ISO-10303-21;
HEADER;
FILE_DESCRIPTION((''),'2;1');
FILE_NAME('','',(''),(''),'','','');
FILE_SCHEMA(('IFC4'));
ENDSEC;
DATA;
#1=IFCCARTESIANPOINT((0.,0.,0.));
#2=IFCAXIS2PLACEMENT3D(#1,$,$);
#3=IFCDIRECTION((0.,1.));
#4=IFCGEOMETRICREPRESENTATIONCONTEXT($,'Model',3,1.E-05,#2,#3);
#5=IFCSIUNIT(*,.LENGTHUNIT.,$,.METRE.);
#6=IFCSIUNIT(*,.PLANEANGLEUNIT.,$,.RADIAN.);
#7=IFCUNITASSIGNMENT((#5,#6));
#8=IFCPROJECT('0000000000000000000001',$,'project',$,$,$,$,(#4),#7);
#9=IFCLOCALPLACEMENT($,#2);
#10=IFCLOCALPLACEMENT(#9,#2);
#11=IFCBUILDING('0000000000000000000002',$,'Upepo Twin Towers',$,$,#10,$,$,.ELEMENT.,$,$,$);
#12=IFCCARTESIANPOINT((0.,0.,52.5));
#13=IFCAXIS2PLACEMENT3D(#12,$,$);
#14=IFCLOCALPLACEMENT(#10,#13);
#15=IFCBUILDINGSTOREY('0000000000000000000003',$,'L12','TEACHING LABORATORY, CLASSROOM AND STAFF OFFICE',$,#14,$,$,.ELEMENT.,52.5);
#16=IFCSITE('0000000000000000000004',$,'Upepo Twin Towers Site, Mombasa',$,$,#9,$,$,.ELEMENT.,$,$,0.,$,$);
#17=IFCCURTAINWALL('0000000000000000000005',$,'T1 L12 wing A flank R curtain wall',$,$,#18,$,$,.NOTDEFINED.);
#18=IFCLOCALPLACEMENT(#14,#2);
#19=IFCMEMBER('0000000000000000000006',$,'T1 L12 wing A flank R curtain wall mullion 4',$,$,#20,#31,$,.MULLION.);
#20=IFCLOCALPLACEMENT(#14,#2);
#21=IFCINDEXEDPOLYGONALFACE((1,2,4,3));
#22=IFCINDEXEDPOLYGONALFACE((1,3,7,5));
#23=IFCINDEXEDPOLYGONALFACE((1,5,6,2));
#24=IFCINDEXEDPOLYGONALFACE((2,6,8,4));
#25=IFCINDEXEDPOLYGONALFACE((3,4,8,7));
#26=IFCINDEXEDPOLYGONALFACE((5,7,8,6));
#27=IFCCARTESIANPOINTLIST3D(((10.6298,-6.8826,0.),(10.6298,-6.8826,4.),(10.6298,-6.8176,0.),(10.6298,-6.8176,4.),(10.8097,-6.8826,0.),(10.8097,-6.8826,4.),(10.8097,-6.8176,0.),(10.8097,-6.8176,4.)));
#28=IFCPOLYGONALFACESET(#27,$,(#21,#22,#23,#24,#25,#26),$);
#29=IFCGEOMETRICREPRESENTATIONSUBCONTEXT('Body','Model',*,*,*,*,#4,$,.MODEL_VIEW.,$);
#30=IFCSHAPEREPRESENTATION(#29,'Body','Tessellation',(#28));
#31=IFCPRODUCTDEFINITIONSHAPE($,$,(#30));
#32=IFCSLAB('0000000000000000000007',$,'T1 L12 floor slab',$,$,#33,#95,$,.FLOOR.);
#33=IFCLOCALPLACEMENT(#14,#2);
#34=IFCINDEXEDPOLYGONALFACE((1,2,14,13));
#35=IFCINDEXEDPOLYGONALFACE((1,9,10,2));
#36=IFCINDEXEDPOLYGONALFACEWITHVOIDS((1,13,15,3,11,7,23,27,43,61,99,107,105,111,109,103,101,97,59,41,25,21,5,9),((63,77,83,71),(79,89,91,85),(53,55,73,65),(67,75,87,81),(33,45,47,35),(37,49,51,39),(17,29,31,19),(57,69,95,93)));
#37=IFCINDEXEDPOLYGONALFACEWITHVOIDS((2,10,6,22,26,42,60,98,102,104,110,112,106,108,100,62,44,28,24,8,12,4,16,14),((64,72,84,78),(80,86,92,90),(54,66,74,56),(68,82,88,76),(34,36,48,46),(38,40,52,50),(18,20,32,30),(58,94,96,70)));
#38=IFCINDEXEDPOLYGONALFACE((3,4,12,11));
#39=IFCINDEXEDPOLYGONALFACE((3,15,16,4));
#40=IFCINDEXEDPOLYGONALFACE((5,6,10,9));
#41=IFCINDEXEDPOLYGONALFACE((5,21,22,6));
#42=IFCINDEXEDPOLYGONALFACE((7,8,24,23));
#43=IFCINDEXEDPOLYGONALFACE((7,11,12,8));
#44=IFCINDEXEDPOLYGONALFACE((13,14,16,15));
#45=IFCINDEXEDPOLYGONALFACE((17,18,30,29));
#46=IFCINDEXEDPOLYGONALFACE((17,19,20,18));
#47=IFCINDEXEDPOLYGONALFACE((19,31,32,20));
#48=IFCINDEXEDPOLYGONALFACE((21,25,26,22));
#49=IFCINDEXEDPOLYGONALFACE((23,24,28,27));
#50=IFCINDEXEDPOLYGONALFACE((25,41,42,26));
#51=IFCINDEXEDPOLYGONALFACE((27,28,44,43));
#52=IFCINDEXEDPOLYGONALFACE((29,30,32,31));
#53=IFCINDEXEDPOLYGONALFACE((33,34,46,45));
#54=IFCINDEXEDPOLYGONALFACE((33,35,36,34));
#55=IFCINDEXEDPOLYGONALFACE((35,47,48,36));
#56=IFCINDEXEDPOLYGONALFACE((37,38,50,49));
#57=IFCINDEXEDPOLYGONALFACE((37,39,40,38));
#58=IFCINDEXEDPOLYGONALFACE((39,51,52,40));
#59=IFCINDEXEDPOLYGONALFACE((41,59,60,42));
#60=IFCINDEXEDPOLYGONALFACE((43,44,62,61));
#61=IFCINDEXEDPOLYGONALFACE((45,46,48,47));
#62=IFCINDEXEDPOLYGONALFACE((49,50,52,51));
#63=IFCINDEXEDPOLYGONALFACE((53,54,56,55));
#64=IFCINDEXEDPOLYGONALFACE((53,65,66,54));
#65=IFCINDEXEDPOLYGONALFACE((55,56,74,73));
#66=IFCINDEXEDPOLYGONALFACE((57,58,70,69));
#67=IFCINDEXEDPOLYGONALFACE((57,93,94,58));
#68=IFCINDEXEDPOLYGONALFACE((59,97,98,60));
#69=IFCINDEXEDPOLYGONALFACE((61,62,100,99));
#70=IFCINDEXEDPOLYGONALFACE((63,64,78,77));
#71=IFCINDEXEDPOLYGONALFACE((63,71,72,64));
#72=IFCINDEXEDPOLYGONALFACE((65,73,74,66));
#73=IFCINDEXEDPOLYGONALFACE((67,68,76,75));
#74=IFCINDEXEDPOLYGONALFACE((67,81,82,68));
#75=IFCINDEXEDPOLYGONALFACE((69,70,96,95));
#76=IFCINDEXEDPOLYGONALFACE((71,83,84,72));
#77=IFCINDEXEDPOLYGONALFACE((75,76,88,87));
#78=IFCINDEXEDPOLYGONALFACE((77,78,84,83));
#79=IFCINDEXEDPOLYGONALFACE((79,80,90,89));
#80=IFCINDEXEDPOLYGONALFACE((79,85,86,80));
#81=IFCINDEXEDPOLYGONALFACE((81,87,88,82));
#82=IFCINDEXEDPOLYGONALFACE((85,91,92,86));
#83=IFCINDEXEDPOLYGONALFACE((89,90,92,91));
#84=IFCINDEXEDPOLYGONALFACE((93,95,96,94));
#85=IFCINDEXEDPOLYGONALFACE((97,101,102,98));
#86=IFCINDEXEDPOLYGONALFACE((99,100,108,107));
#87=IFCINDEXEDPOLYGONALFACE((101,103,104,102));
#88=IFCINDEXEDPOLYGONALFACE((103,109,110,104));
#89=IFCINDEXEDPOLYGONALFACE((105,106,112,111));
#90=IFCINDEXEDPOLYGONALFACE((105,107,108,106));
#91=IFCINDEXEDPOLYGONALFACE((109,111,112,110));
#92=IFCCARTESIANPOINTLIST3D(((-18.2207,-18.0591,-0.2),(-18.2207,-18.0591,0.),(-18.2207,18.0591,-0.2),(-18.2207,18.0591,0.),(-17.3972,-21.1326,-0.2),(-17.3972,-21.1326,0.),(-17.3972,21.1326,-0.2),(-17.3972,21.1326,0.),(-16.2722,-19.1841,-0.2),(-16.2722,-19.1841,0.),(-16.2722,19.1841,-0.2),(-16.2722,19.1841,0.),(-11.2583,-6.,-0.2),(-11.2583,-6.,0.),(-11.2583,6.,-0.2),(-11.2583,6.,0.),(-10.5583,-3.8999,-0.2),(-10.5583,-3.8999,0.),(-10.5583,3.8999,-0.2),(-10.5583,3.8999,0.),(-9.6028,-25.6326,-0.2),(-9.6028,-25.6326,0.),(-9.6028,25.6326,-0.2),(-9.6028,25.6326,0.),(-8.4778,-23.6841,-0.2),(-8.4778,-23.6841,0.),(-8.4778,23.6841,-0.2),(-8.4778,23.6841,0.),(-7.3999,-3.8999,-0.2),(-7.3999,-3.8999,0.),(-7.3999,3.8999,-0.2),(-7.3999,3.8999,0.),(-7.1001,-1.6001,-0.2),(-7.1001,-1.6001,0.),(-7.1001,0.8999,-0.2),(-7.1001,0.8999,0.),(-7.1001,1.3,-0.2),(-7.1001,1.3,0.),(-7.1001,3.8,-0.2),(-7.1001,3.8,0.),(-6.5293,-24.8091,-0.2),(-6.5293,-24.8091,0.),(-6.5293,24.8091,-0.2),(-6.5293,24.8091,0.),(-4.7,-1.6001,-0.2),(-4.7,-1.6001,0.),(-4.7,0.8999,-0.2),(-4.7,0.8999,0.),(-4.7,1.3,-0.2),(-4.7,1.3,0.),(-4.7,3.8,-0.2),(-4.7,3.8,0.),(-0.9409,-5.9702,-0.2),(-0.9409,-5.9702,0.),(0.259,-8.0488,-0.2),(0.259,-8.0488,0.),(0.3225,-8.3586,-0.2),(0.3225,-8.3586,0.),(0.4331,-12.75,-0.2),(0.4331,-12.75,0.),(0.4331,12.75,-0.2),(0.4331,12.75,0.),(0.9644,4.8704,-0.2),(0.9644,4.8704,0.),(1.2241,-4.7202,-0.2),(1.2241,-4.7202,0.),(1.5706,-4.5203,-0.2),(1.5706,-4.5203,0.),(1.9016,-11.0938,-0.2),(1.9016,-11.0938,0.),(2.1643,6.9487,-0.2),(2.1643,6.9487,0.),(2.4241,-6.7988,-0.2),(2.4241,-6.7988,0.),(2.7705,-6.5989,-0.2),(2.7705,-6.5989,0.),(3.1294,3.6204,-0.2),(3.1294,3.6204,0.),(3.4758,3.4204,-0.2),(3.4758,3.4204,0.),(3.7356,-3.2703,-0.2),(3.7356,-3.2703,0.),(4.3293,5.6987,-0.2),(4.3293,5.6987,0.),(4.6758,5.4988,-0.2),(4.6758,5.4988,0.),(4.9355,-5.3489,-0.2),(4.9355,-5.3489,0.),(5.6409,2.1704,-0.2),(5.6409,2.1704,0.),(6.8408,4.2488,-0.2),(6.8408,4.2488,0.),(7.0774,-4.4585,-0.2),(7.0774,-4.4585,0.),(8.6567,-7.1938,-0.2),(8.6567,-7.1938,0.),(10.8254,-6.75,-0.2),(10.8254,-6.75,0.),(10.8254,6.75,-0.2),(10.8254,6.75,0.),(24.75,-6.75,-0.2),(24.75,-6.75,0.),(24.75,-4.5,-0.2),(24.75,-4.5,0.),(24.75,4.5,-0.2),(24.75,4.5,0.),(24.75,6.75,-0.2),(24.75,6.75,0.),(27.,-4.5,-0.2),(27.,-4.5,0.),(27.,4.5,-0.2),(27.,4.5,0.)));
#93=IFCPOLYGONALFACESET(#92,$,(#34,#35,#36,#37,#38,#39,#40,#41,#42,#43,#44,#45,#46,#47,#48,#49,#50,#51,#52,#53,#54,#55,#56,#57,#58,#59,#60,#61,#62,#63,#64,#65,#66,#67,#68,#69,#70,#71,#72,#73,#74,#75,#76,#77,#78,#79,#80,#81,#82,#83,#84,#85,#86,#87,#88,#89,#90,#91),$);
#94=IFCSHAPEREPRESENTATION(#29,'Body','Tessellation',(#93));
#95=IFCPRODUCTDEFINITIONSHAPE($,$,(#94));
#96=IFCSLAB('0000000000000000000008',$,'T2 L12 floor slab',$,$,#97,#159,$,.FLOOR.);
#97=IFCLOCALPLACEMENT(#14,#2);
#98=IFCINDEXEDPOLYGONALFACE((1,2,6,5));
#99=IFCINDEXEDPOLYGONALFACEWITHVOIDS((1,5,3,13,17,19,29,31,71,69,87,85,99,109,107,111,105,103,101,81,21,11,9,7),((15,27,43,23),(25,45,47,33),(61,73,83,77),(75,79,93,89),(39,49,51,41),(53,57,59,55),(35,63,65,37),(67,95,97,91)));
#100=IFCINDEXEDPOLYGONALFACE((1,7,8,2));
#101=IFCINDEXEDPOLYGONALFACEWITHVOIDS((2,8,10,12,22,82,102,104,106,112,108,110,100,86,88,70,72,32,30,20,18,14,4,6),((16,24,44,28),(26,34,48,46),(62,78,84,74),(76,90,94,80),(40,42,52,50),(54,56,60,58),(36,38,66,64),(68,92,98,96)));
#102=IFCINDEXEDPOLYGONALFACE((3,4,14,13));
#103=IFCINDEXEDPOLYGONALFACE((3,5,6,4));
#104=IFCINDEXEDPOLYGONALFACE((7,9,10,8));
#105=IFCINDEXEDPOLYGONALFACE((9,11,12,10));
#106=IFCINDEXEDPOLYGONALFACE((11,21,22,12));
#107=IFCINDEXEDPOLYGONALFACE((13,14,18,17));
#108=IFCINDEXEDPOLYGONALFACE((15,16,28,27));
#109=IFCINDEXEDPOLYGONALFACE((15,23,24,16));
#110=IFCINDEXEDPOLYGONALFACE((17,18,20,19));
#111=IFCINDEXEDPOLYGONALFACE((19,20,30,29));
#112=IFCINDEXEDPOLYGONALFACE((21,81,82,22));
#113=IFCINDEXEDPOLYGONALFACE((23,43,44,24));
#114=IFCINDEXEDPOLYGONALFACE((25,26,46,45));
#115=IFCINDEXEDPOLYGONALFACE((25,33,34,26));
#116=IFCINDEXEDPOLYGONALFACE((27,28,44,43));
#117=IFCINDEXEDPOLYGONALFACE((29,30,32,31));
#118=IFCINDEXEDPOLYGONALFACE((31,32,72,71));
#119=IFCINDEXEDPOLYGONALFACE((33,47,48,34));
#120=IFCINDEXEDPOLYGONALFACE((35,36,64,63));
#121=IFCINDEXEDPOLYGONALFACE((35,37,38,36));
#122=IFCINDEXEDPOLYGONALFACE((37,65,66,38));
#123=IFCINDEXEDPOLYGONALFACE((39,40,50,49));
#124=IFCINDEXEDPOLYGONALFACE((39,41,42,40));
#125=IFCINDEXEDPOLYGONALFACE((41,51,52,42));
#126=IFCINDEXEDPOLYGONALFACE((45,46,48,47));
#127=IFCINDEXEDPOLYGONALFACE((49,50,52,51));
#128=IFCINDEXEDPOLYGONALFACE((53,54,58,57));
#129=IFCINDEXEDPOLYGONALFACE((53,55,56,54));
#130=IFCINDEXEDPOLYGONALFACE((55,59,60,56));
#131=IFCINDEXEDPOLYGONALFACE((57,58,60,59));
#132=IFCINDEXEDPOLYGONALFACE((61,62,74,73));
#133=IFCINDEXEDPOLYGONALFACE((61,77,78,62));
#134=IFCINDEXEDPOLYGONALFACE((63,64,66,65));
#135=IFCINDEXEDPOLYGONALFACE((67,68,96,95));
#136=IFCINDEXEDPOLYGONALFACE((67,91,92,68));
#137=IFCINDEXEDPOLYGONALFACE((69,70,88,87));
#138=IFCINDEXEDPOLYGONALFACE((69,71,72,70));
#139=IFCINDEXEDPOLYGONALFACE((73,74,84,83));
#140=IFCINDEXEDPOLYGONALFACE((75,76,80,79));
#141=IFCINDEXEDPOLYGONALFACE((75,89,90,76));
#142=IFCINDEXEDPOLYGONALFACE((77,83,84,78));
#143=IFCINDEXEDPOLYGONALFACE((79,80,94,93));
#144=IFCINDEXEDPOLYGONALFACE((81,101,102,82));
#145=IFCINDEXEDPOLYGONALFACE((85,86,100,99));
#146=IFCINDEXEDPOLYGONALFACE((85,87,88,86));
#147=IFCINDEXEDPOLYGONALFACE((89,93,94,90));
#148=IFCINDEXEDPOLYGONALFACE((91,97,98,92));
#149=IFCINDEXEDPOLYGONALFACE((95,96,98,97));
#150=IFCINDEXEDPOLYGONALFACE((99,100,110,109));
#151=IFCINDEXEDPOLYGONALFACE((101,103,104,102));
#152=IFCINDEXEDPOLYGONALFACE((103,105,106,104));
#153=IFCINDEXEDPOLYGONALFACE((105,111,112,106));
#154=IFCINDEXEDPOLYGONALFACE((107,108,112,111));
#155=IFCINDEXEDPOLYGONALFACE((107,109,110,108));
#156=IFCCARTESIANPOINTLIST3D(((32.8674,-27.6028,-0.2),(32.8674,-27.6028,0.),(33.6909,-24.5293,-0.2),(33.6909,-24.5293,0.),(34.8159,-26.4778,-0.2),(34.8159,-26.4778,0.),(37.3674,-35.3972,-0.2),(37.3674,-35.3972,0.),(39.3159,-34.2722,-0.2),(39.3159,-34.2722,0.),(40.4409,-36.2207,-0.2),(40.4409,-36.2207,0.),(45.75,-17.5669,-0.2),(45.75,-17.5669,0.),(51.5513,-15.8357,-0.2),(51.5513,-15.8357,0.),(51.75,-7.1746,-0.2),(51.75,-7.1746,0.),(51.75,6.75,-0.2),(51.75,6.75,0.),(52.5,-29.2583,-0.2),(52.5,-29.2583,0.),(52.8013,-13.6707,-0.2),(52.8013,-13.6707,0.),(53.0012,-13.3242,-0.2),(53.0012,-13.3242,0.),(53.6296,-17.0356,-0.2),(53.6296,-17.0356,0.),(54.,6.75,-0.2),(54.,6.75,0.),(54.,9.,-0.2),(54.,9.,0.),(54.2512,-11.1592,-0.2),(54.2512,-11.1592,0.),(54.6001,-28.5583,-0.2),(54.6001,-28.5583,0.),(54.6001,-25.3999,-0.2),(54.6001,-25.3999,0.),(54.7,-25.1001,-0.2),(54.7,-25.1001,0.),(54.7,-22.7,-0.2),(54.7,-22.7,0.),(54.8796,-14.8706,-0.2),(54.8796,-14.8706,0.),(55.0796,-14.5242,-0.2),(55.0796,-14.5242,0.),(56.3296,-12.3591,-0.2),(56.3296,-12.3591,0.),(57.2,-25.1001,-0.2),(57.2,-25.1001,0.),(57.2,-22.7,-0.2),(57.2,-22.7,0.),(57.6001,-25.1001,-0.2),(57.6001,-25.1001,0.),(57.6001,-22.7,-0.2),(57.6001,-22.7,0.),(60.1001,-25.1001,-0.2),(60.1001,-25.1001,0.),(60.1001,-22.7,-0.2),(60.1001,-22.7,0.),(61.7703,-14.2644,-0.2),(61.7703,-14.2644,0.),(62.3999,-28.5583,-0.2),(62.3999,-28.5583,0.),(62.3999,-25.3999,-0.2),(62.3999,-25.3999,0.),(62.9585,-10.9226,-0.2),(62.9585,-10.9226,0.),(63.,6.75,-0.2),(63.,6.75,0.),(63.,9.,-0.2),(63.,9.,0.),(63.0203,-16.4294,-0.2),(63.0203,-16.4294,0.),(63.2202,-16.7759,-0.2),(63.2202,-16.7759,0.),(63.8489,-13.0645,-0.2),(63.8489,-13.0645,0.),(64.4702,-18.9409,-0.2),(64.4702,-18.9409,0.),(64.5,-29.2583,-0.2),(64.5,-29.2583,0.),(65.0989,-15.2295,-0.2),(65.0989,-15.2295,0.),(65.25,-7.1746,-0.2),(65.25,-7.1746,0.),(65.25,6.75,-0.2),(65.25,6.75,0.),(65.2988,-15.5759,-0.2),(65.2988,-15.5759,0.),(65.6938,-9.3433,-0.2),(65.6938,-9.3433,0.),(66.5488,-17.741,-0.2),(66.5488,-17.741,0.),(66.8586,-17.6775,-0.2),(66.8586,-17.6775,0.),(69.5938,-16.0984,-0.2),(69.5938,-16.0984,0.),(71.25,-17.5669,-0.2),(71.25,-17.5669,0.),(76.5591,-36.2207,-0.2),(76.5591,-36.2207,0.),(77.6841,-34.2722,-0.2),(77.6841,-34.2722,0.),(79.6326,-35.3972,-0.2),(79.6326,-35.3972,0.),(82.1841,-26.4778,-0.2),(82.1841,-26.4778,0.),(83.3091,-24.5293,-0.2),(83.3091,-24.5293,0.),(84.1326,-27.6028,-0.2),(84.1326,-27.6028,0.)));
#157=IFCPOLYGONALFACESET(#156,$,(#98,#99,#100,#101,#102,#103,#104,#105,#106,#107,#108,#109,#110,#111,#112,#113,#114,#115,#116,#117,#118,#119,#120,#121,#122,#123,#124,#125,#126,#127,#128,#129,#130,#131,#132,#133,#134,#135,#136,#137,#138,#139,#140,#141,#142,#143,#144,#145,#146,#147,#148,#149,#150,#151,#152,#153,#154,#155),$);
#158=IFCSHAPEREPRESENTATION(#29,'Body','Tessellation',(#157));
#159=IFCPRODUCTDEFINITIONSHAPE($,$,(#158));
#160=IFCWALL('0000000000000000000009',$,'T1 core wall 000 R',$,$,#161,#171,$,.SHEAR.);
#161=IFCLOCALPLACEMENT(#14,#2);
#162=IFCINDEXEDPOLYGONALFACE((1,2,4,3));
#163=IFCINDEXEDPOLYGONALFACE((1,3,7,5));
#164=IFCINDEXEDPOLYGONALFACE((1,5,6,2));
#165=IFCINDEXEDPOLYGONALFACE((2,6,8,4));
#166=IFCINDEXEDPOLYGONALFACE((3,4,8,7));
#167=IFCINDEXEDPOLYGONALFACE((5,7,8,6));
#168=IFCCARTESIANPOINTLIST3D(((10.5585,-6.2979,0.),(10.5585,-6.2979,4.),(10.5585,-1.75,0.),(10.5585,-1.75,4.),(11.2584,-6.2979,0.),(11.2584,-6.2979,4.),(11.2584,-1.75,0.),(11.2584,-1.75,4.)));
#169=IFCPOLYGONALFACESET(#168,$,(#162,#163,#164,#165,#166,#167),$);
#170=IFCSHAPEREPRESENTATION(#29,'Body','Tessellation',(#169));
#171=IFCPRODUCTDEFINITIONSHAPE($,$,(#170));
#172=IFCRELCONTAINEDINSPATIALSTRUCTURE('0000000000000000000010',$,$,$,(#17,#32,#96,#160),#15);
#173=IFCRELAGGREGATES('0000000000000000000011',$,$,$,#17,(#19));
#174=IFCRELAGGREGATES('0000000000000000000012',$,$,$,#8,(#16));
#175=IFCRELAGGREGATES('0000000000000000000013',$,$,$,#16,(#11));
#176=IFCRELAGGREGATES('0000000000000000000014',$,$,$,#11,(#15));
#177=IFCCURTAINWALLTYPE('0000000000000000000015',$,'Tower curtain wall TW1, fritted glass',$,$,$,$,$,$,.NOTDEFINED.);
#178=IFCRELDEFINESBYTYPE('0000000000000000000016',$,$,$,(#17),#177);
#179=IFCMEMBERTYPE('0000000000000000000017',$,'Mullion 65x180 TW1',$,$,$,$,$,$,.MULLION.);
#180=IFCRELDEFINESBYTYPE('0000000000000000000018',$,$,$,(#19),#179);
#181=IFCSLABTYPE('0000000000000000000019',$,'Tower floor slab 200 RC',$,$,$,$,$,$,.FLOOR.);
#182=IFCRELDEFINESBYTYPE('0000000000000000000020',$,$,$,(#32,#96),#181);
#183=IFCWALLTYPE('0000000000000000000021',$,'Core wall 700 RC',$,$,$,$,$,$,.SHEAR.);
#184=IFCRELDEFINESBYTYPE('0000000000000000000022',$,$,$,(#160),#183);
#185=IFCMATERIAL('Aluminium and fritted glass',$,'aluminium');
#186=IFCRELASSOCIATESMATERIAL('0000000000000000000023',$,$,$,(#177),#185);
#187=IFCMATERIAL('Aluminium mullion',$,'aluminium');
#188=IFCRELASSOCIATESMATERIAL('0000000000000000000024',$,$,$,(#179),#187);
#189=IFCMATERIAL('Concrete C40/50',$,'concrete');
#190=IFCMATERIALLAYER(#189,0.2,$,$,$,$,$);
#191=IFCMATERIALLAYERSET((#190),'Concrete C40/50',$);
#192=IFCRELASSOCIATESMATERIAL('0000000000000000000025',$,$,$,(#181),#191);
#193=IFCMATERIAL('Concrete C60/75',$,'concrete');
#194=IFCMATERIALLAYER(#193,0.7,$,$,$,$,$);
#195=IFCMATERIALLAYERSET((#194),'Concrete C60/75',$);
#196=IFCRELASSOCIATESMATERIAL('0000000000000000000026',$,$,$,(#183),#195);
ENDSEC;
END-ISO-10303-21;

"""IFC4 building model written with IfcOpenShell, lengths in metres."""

from ifc_helpers import new_model, si_unit, direction, frame, frame_2d, origin, origin_2d, place, context, subcontext, project, spatial, polyline, rectangle, outline, extrude, material, layer, layer_set, material_profile, profile_set, type_object, element, aggregate, save


model = new_model("IFC4")

# Units and contexts
model_context = context("Model", 3, precision=1e-05, world=origin(), true_north=direction((0.0, 1.0)))
body_context = subcontext(model_context, "Body", "Model", "MODEL_VIEW")
ifc_project = project(units=[si_unit("LENGTHUNIT", "METRE"), si_unit("PLANEANGLEUNIT", "RADIAN")], contexts=[model_context])

# Site, building, storey
site_placement = place(None, origin())
site = spatial("IfcSite", under=ifc_project, at=site_placement, Name="Upepo Twin Towers Site, Mombasa", CompositionType="ELEMENT", RefElevation=0.0)
building_placement = place(site_placement, origin())
building = spatial("IfcBuilding", under=site, at=building_placement, Name="Upepo Twin Towers", CompositionType="ELEMENT")
storey_placement = place(building_placement, frame((0.0, 0.0, 52.5)))
storey = spatial("IfcBuildingStorey", under=building, at=storey_placement, Name="L12", Description="TEACHING LABORATORY, CLASSROOM AND STAFF OFFICE", CompositionType="ELEMENT", Elevation=52.5)

# Curtain wall, member
ifc_material_1 = material(Name="Aluminium and fritted glass", Category="aluminium")
curtain_wall_type = type_object("IfcCurtainWallType", Name="Tower curtain wall TW1, fritted glass", PredefinedType="NOTDEFINED", material=ifc_material_1)
curtain_wall_placement = place(storey_placement, origin())
curtain_wall = element("IfcCurtainWall", 1, at=curtain_wall_placement, inside=storey, type_object=curtain_wall_type, Name="T1 L12 wing A flank R curtain wall", PredefinedType="NOTDEFINED")
ifc_material_2 = material(Name="Aluminium mullion", Category="aluminium")
ifc_material_profile = material_profile(ifc_material_2, rectangle(XDim=0.0649, YDim=0.1799, at=origin_2d()), Name="MULLION 65x180")
ifc_profile_set = profile_set([ifc_material_profile], Name="Aluminium mullion")
member_type = type_object("IfcMemberType", Name="Mullion 65x180 TW1", PredefinedType="MULLION", material=ifc_profile_set)
member_placement = place(storey_placement, frame((10.7197, -6.8501, 0.0), z_axis=(0.0, 0.0, 1.0), x_axis=(0.0, -1.0, 0.0)))
member = element("IfcMember", 2, at=member_placement, type_object=member_type, Name="T1 L12 wing A flank R curtain wall mullion 4", PredefinedType="MULLION", context=body_context, shape_type="SweptSolid", body=[
    extrude(rectangle(XDim=0.0649, YDim=0.1799, at=origin_2d()), origin(), (0.0, 0.0, 1.0), 4.0),
])
aggregate(curtain_wall, [member])

# Slabs
ifc_material_3 = material(Name="Concrete C40/50", Category="concrete")
ifc_layer_1 = layer(ifc_material_3, 0.2)
ifc_layer_set_1 = layer_set([ifc_layer_1], Name="Concrete C40/50")
slab_type = type_object("IfcSlabType", Name="Tower floor slab 200 RC", PredefinedType="FLOOR", material=ifc_layer_set_1)
slab_1_placement = place(storey_placement, frame((0.0, 0.0, -0.2)))
element("IfcSlab", 3, at=slab_1_placement, inside=storey, type_object=slab_type, Name="T1 L12 floor slab", PredefinedType="FLOOR", context=body_context, shape_type="SweptSolid", body=[
    extrude(outline(polyline([(-8.4778, -23.6841), (-9.6028, -25.6326), (-17.3972, -21.1326), (-16.2722, -19.1841), (-18.2207, -18.0591), (-11.2583, -6.0), (-11.2583, 6.0), (-18.2207, 18.0591), (-16.2722, 19.1841), (-17.3972, 21.1326), (-9.6028, 25.6326), (-8.4778, 23.6841), (-6.5293, 24.8091), (0.4331, 12.75), (10.8254, 6.75), (24.75, 6.75), (24.75, 4.5), (27.0, 4.5), (27.0, -4.5), (24.75, -4.5), (24.75, -6.75), (10.8254, -6.75), (0.4331, -12.75), (-6.5293, -24.8091), (-8.4778, -23.6841)]), holes=[polyline([(5.6409, 2.1704), (6.8408, 4.2488), (4.6758, 5.4988), (3.4758, 3.4204), (5.6409, 2.1704)]), polyline([(3.1294, 3.6204), (4.3293, 5.6987), (2.1643, 6.9487), (0.9644, 4.8704), (3.1294, 3.6204)]), polyline([(-4.7, 3.8), (-7.1001, 3.8), (-7.1001, 1.3), (-4.7, 1.3), (-4.7, 3.8)]), polyline([(-4.7, 0.8999), (-7.1001, 0.8999), (-7.1001, -1.6001), (-4.7, -1.6001), (-4.7, 0.8999)]), polyline([(-7.3999, 3.8999), (-10.5583, 3.8999), (-10.5583, -3.8999), (-7.3999, -3.8999), (-7.3999, 3.8999)]), polyline([(-0.9409, -5.9702), (0.259, -8.0488), (2.4241, -6.7988), (1.2241, -4.7202), (-0.9409, -5.9702)]), polyline([(1.5706, -4.5203), (2.7705, -6.5989), (4.9355, -5.3489), (3.7356, -3.2703), (1.5706, -4.5203)]), polyline([(0.3225, -8.3586), (1.9016, -11.0938), (8.6567, -7.1938), (7.0774, -4.4585), (0.3225, -8.3586)])]), origin(), (0.0, 0.0, 1.0), 0.2),
])
slab_2_placement = place(storey_placement, frame((0.0, 0.0, -0.2)))
element("IfcSlab", 4, at=slab_2_placement, inside=storey, type_object=slab_type, Name="T2 L12 floor slab", PredefinedType="FLOOR", context=body_context, shape_type="SweptSolid", body=[
    extrude(outline(polyline([(82.1841, -26.4778), (84.1326, -27.6028), (79.6326, -35.3972), (77.6841, -34.2722), (76.5591, -36.2207), (64.5, -29.2583), (52.5, -29.2583), (40.4409, -36.2207), (39.3159, -34.2722), (37.3674, -35.3972), (32.8674, -27.6028), (34.8159, -26.4778), (33.6909, -24.5293), (45.75, -17.5669), (51.75, -7.1746), (51.75, 6.75), (54.0, 6.75), (54.0, 9.0), (63.0, 9.0), (63.0, 6.75), (65.25, 6.75), (65.25, -7.1746), (71.25, -17.5669), (83.3091, -24.5293), (82.1841, -26.4778)]), holes=[polyline([(56.3296, -12.3591), (54.2512, -11.1592), (53.0012, -13.3242), (55.0796, -14.5242), (56.3296, -12.3591)]), polyline([(54.8796, -14.8706), (52.8013, -13.6707), (51.5513, -15.8357), (53.6296, -17.0356), (54.8796, -14.8706)]), polyline([(54.7, -22.7), (54.7, -25.1001), (57.2, -25.1001), (57.2, -22.7), (54.7, -22.7)]), polyline([(57.6001, -22.7), (57.6001, -25.1001), (60.1001, -25.1001), (60.1001, -22.7), (57.6001, -22.7)]), polyline([(54.6001, -25.3999), (54.6001, -28.5583), (62.3999, -28.5583), (62.3999, -25.3999), (54.6001, -25.3999)]), polyline([(64.4702, -18.9409), (66.5488, -17.741), (65.2988, -15.5759), (63.2202, -16.7759), (64.4702, -18.9409)]), polyline([(63.0203, -16.4294), (65.0989, -15.2295), (63.8489, -13.0645), (61.7703, -14.2644), (63.0203, -16.4294)]), polyline([(66.8586, -17.6775), (69.5938, -16.0984), (65.6938, -9.3433), (62.9585, -10.9226), (66.8586, -17.6775)])]), origin(), (0.0, 0.0, 1.0), 0.2),
])

# Wall
ifc_material_4 = material(Name="Concrete C60/75", Category="concrete")
ifc_layer_2 = layer(ifc_material_4, 0.7)
ifc_layer_set_2 = layer_set([ifc_layer_2], Name="Concrete C60/75")
wall_type_1 = type_object("IfcWallType", Name="Core wall 700 RC", PredefinedType="SHEAR", material=ifc_layer_set_2)
wall_1_placement = place(storey_placement, frame((10.9084, -6.2979, 0.0), z_axis=(0.0, 0.0, 1.0), x_axis=(0.0, 1.0, 0.0)))
element("IfcWall", 5, at=wall_1_placement, inside=storey, type_object=wall_type_1, Name="T1 core wall 000 R", PredefinedType="SHEAR", context=body_context, shape_type="SweptSolid", body=[
    extrude(rectangle(XDim=4.5479, YDim=0.7, at=frame_2d((2.2739, 0.0))), origin(), (0.0, 0.0, 1.0), 4.0),
])

save(model, "model.ifc")
